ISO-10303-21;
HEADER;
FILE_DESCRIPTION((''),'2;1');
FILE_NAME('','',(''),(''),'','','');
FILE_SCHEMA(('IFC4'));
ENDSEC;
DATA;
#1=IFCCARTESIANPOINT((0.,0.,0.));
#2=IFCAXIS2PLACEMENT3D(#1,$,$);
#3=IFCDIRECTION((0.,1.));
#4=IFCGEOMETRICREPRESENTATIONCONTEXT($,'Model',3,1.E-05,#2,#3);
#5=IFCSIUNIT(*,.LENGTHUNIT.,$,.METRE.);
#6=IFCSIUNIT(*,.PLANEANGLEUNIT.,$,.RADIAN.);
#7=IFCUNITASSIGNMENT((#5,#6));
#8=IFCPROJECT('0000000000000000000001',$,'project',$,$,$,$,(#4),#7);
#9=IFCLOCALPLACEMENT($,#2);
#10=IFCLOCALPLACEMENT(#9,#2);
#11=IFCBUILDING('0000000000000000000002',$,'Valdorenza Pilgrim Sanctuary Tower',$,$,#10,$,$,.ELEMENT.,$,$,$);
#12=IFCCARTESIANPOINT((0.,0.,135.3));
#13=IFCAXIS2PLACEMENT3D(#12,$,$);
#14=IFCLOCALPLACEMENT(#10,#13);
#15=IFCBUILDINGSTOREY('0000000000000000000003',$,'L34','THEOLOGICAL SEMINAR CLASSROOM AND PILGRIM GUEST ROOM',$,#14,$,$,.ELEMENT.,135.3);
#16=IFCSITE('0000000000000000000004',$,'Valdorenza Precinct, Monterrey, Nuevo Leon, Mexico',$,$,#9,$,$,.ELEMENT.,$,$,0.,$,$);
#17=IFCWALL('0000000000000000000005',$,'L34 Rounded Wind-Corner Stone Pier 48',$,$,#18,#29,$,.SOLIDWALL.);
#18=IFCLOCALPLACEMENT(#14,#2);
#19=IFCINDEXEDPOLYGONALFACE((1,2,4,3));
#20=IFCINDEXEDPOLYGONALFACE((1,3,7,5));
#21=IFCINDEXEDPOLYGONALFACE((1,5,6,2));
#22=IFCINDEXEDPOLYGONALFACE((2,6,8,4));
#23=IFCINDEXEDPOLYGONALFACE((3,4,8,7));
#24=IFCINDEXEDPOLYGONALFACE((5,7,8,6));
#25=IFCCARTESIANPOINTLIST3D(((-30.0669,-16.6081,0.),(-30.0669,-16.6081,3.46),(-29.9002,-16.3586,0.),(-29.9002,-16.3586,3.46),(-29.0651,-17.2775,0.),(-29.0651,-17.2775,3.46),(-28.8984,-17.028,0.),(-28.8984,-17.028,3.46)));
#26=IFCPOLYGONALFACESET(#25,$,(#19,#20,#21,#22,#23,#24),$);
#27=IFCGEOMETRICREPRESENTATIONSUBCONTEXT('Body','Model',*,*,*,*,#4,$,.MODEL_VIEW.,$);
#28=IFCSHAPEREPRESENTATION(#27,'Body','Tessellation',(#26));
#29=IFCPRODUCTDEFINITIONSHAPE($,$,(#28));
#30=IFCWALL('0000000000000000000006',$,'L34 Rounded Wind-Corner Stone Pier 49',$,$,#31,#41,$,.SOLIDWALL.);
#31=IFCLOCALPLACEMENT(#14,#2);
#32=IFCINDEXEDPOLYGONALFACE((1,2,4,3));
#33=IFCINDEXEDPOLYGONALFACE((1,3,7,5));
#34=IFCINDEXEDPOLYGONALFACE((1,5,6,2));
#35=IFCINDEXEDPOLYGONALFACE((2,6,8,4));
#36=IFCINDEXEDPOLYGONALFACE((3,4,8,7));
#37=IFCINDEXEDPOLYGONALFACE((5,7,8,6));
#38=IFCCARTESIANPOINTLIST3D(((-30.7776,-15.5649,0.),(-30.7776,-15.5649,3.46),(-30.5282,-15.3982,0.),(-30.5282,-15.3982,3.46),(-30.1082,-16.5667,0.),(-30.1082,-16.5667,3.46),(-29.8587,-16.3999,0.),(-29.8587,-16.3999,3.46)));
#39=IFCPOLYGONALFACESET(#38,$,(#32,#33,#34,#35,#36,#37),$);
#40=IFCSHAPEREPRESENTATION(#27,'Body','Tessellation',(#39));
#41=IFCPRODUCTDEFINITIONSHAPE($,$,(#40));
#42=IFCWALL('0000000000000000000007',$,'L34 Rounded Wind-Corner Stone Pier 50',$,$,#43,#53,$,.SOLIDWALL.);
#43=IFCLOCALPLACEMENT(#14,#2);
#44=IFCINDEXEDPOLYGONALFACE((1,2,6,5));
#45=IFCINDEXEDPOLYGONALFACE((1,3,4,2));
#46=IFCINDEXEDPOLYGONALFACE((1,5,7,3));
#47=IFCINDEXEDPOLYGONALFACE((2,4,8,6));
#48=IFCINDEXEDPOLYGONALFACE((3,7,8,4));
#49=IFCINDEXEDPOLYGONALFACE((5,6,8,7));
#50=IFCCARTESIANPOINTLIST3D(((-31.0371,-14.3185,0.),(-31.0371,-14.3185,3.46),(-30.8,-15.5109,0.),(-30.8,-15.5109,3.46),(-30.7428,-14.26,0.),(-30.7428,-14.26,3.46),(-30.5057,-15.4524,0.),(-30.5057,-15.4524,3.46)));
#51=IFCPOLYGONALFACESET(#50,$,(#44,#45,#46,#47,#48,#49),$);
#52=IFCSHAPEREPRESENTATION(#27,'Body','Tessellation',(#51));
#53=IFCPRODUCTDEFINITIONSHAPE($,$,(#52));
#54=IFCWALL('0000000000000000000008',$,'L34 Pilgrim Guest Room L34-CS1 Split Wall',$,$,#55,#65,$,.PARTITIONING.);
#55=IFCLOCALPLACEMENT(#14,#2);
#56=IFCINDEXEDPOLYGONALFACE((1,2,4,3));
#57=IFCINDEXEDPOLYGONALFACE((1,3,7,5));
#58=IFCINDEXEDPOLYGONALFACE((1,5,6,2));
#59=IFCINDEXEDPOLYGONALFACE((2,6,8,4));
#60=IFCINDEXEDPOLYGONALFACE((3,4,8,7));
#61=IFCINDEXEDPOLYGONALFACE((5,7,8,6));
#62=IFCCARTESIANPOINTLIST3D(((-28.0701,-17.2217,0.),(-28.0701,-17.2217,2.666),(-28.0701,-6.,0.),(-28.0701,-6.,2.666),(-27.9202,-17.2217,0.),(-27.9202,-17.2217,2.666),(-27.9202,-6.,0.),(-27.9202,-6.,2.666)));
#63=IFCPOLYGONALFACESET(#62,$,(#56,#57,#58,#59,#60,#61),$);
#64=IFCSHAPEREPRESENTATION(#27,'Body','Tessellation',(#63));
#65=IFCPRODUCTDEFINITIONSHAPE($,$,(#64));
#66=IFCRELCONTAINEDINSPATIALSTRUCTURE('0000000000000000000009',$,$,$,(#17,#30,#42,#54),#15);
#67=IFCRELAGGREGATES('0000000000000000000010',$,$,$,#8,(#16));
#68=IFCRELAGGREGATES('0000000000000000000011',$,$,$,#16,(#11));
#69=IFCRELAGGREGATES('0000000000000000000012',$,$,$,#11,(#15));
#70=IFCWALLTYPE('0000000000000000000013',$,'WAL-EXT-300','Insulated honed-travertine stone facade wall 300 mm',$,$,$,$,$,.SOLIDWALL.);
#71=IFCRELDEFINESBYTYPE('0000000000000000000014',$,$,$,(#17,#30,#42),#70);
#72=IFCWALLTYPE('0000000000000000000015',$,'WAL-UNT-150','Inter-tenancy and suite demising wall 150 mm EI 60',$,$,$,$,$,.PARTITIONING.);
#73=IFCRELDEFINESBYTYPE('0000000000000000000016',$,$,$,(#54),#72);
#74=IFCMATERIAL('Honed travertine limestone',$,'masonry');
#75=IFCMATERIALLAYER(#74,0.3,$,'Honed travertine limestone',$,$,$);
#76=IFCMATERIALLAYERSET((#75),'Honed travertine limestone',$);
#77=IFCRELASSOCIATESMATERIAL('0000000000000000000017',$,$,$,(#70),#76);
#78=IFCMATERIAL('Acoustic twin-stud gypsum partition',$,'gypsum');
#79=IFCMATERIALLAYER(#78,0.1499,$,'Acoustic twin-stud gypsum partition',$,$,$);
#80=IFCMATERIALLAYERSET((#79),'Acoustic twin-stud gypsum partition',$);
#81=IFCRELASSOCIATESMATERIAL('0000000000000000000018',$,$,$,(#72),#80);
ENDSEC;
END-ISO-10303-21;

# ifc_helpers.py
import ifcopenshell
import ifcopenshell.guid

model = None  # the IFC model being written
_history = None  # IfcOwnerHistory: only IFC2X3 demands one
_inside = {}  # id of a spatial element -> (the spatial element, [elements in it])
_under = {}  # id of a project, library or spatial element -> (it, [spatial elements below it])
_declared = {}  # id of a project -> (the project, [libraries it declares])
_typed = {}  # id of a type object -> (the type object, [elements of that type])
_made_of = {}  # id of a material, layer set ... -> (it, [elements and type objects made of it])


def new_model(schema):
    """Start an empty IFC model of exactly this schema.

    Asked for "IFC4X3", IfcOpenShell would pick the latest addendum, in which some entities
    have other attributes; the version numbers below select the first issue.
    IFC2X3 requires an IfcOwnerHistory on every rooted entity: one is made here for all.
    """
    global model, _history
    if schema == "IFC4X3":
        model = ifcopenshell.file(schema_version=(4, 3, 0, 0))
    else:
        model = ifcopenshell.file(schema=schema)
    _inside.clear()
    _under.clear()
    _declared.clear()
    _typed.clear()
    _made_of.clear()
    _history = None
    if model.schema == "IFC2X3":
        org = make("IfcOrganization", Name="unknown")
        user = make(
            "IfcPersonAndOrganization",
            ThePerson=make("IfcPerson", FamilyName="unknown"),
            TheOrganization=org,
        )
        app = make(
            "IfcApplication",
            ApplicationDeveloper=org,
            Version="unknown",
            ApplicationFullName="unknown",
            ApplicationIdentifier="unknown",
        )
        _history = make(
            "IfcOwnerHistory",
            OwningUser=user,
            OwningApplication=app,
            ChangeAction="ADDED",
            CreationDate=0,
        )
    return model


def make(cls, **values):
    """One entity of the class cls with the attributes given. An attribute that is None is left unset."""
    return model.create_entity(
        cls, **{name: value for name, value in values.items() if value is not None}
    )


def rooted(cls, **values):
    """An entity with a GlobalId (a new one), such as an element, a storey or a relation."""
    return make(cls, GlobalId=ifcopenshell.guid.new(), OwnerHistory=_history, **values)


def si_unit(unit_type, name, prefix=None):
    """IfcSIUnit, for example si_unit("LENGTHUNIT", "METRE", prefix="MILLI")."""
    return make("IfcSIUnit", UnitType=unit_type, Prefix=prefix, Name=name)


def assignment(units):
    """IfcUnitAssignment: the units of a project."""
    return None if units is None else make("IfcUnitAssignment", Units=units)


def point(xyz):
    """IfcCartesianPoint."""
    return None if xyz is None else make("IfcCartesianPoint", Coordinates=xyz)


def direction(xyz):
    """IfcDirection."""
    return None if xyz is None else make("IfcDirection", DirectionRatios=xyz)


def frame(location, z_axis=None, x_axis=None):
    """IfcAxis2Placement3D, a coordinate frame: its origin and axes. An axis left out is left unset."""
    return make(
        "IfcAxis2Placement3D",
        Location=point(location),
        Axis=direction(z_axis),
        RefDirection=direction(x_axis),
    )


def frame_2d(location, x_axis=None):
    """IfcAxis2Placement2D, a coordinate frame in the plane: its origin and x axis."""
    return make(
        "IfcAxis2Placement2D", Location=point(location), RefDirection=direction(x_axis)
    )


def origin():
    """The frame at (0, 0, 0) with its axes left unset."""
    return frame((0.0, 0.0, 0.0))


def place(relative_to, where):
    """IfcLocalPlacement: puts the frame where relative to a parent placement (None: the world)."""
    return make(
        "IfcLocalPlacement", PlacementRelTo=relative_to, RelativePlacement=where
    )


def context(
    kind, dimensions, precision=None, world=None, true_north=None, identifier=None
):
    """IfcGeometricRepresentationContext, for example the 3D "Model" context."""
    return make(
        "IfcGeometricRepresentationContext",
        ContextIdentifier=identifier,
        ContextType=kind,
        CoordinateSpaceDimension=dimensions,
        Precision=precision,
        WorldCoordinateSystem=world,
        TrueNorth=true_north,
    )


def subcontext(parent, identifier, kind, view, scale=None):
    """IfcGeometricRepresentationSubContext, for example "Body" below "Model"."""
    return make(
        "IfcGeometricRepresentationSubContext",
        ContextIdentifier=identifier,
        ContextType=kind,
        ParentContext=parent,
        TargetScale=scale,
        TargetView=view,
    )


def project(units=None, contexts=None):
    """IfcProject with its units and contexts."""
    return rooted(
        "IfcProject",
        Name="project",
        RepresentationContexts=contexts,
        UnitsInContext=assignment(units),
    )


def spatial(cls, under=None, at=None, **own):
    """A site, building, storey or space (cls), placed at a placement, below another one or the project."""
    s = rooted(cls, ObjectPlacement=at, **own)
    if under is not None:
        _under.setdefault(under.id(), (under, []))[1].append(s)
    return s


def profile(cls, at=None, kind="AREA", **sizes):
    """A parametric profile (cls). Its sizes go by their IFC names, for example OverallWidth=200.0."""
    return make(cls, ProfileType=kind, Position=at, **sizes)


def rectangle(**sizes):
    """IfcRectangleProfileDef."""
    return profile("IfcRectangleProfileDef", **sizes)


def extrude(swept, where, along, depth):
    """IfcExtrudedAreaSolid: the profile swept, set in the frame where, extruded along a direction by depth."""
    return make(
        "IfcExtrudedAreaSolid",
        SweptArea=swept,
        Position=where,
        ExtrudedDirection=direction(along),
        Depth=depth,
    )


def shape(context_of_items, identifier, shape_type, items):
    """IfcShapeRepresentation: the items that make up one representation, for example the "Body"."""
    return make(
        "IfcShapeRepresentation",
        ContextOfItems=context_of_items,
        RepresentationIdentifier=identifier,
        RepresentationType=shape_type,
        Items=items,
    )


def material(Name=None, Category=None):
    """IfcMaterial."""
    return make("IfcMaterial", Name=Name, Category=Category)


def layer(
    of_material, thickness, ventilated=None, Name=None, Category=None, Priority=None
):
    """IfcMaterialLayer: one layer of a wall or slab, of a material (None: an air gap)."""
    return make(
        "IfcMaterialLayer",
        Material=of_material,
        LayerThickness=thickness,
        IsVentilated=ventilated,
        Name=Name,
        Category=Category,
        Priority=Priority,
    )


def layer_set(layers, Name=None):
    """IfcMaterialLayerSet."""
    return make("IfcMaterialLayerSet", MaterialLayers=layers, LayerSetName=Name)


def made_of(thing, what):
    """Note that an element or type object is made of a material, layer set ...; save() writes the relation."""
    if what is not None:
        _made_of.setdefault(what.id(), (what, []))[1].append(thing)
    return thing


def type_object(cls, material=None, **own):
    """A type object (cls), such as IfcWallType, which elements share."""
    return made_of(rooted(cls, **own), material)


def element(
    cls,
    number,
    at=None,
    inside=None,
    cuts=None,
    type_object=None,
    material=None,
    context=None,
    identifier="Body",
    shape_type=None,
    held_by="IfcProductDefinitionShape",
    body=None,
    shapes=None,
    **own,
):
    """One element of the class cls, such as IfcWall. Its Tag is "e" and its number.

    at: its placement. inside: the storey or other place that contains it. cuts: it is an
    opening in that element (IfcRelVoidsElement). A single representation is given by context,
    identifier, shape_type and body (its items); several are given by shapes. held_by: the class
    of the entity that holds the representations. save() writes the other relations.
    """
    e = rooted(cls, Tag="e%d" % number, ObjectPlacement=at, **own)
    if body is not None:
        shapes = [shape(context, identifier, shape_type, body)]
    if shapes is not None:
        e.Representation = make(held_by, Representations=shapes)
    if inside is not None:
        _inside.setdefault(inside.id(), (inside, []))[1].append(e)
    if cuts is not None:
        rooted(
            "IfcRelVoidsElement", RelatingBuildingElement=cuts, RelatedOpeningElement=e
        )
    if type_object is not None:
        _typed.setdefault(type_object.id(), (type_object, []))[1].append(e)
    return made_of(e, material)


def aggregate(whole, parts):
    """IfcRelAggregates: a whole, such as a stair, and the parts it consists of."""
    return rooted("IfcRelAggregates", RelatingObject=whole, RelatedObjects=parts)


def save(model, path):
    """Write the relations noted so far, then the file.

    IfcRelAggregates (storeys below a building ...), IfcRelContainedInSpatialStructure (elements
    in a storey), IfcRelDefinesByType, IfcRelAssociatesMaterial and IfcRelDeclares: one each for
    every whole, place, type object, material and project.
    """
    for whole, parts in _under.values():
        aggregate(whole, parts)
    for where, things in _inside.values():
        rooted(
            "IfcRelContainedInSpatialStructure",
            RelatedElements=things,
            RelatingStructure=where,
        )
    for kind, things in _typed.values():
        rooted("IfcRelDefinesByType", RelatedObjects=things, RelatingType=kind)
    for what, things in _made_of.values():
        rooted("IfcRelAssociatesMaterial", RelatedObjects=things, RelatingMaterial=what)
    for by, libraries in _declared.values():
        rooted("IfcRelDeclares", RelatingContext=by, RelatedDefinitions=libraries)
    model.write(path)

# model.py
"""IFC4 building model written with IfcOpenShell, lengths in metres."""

from ifc_helpers import new_model, si_unit, direction, frame, frame_2d, origin, place, context, subcontext, project, spatial, rectangle, extrude, material, layer, layer_set, type_object, element, save


model = new_model("IFC4")

# Units and contexts
model_context = context("Model", 3, precision=1e-05, world=origin(), true_north=direction((0.0, 1.0)))
body_context = subcontext(model_context, "Body", "Model", "MODEL_VIEW")
ifc_project = project(units=[si_unit("LENGTHUNIT", "METRE"), si_unit("PLANEANGLEUNIT", "RADIAN")], contexts=[model_context])

# Site, building, storey
site_placement = place(None, origin())
site = spatial("IfcSite", under=ifc_project, at=site_placement, Name="Valdorenza Precinct, Monterrey, Nuevo Leon, Mexico", CompositionType="ELEMENT", RefElevation=0.0)
building_placement = place(site_placement, origin())
building = spatial("IfcBuilding", under=site, at=building_placement, Name="Valdorenza Pilgrim Sanctuary Tower", CompositionType="ELEMENT")
storey_placement = place(building_placement, frame((0.0, 0.0, 135.3)))
storey = spatial("IfcBuildingStorey", under=building, at=storey_placement, Name="L34", Description="THEOLOGICAL SEMINAR CLASSROOM AND PILGRIM GUEST ROOM", CompositionType="ELEMENT", Elevation=135.3)

# Shared definitions
ifc_material_1 = material(Name="Honed travertine limestone", Category="masonry")

# Shared definitions
ifc_material_2 = material(Name="Acoustic twin-stud gypsum partition", Category="gypsum")

# Walls
ifc_layer_1 = layer(ifc_material_1, 0.3, Name="Honed travertine limestone")
ifc_layer_set_1 = layer_set([ifc_layer_1], Name="Honed travertine limestone")
wall_type_1 = type_object("IfcWallType", Name="WAL-EXT-300", Description="Insulated honed-travertine stone facade wall 300 mm", PredefinedType="SOLIDWALL", material=ifc_layer_set_1)
for number, where, z_axis, x_axis, name in (
    (1, (-28.9817, -17.1528, 0.0), (0.0, 0.0, 1.0), (-0.831426, 0.555635, 0.0), "L34 Rounded Wind-Corner Stone Pier 48"),
    (2, (-29.9834, -16.4834, 0.0), (0.0, 0.0, 1.0), (-0.555635, 0.831426, 0.0), "L34 Rounded Wind-Corner Stone Pier 49"),
):
    element("IfcWall", number, at=place(storey_placement, frame(where, z_axis=z_axis, x_axis=x_axis)), inside=storey, type_object=wall_type_1, Name=name, PredefinedType="SOLIDWALL", context=body_context, shape_type="SweptSolid", body=[
        extrude(rectangle(XDim=1.2048, YDim=0.3, at=frame_2d((0.6025, 0.0))), origin(), (0.0, 0.0, 1.0), 3.46),
    ])
wall_1_placement = place(storey_placement, frame((-30.6528, -15.4817, 0.0), z_axis=(0.0, 0.0, 1.0), x_axis=(-0.194996, 0.980804, 0.0)))
element("IfcWall", 3, at=wall_1_placement, inside=storey, type_object=wall_type_1, Name="L34 Rounded Wind-Corner Stone Pier 50", PredefinedType="SOLIDWALL", context=body_context, shape_type="SweptSolid", body=[
    extrude(rectangle(XDim=1.2158, YDim=0.3, at=frame_2d((0.6079, 0.0))), origin(), (0.0, 0.0, 1.0), 3.46),
])
ifc_layer_2 = layer(ifc_material_2, 0.1499, Name="Acoustic twin-stud gypsum partition")
ifc_layer_set_2 = layer_set([ifc_layer_2], Name="Acoustic twin-stud gypsum partition")
wall_type_2 = type_object("IfcWallType", Name="WAL-UNT-150", Description="Inter-tenancy and suite demising wall 150 mm EI 60", PredefinedType="PARTITIONING", material=ifc_layer_set_2)
wall_2_placement = place(storey_placement, frame((-27.9951, -17.2217, 0.0), z_axis=(0.0, 0.0, 1.0), x_axis=(0.0, 1.0, 0.0)))
element("IfcWall", 4, at=wall_2_placement, inside=storey, type_object=wall_type_2, Name="L34 Pilgrim Guest Room L34-CS1 Split Wall", PredefinedType="PARTITIONING", context=body_context, shape_type="SweptSolid", body=[
    extrude(rectangle(XDim=11.2217, YDim=0.1499, at=frame_2d((5.6108, 0.0))), origin(), (0.0, 0.0, 1.0), 2.666),
])

save(model, "model.ifc")
